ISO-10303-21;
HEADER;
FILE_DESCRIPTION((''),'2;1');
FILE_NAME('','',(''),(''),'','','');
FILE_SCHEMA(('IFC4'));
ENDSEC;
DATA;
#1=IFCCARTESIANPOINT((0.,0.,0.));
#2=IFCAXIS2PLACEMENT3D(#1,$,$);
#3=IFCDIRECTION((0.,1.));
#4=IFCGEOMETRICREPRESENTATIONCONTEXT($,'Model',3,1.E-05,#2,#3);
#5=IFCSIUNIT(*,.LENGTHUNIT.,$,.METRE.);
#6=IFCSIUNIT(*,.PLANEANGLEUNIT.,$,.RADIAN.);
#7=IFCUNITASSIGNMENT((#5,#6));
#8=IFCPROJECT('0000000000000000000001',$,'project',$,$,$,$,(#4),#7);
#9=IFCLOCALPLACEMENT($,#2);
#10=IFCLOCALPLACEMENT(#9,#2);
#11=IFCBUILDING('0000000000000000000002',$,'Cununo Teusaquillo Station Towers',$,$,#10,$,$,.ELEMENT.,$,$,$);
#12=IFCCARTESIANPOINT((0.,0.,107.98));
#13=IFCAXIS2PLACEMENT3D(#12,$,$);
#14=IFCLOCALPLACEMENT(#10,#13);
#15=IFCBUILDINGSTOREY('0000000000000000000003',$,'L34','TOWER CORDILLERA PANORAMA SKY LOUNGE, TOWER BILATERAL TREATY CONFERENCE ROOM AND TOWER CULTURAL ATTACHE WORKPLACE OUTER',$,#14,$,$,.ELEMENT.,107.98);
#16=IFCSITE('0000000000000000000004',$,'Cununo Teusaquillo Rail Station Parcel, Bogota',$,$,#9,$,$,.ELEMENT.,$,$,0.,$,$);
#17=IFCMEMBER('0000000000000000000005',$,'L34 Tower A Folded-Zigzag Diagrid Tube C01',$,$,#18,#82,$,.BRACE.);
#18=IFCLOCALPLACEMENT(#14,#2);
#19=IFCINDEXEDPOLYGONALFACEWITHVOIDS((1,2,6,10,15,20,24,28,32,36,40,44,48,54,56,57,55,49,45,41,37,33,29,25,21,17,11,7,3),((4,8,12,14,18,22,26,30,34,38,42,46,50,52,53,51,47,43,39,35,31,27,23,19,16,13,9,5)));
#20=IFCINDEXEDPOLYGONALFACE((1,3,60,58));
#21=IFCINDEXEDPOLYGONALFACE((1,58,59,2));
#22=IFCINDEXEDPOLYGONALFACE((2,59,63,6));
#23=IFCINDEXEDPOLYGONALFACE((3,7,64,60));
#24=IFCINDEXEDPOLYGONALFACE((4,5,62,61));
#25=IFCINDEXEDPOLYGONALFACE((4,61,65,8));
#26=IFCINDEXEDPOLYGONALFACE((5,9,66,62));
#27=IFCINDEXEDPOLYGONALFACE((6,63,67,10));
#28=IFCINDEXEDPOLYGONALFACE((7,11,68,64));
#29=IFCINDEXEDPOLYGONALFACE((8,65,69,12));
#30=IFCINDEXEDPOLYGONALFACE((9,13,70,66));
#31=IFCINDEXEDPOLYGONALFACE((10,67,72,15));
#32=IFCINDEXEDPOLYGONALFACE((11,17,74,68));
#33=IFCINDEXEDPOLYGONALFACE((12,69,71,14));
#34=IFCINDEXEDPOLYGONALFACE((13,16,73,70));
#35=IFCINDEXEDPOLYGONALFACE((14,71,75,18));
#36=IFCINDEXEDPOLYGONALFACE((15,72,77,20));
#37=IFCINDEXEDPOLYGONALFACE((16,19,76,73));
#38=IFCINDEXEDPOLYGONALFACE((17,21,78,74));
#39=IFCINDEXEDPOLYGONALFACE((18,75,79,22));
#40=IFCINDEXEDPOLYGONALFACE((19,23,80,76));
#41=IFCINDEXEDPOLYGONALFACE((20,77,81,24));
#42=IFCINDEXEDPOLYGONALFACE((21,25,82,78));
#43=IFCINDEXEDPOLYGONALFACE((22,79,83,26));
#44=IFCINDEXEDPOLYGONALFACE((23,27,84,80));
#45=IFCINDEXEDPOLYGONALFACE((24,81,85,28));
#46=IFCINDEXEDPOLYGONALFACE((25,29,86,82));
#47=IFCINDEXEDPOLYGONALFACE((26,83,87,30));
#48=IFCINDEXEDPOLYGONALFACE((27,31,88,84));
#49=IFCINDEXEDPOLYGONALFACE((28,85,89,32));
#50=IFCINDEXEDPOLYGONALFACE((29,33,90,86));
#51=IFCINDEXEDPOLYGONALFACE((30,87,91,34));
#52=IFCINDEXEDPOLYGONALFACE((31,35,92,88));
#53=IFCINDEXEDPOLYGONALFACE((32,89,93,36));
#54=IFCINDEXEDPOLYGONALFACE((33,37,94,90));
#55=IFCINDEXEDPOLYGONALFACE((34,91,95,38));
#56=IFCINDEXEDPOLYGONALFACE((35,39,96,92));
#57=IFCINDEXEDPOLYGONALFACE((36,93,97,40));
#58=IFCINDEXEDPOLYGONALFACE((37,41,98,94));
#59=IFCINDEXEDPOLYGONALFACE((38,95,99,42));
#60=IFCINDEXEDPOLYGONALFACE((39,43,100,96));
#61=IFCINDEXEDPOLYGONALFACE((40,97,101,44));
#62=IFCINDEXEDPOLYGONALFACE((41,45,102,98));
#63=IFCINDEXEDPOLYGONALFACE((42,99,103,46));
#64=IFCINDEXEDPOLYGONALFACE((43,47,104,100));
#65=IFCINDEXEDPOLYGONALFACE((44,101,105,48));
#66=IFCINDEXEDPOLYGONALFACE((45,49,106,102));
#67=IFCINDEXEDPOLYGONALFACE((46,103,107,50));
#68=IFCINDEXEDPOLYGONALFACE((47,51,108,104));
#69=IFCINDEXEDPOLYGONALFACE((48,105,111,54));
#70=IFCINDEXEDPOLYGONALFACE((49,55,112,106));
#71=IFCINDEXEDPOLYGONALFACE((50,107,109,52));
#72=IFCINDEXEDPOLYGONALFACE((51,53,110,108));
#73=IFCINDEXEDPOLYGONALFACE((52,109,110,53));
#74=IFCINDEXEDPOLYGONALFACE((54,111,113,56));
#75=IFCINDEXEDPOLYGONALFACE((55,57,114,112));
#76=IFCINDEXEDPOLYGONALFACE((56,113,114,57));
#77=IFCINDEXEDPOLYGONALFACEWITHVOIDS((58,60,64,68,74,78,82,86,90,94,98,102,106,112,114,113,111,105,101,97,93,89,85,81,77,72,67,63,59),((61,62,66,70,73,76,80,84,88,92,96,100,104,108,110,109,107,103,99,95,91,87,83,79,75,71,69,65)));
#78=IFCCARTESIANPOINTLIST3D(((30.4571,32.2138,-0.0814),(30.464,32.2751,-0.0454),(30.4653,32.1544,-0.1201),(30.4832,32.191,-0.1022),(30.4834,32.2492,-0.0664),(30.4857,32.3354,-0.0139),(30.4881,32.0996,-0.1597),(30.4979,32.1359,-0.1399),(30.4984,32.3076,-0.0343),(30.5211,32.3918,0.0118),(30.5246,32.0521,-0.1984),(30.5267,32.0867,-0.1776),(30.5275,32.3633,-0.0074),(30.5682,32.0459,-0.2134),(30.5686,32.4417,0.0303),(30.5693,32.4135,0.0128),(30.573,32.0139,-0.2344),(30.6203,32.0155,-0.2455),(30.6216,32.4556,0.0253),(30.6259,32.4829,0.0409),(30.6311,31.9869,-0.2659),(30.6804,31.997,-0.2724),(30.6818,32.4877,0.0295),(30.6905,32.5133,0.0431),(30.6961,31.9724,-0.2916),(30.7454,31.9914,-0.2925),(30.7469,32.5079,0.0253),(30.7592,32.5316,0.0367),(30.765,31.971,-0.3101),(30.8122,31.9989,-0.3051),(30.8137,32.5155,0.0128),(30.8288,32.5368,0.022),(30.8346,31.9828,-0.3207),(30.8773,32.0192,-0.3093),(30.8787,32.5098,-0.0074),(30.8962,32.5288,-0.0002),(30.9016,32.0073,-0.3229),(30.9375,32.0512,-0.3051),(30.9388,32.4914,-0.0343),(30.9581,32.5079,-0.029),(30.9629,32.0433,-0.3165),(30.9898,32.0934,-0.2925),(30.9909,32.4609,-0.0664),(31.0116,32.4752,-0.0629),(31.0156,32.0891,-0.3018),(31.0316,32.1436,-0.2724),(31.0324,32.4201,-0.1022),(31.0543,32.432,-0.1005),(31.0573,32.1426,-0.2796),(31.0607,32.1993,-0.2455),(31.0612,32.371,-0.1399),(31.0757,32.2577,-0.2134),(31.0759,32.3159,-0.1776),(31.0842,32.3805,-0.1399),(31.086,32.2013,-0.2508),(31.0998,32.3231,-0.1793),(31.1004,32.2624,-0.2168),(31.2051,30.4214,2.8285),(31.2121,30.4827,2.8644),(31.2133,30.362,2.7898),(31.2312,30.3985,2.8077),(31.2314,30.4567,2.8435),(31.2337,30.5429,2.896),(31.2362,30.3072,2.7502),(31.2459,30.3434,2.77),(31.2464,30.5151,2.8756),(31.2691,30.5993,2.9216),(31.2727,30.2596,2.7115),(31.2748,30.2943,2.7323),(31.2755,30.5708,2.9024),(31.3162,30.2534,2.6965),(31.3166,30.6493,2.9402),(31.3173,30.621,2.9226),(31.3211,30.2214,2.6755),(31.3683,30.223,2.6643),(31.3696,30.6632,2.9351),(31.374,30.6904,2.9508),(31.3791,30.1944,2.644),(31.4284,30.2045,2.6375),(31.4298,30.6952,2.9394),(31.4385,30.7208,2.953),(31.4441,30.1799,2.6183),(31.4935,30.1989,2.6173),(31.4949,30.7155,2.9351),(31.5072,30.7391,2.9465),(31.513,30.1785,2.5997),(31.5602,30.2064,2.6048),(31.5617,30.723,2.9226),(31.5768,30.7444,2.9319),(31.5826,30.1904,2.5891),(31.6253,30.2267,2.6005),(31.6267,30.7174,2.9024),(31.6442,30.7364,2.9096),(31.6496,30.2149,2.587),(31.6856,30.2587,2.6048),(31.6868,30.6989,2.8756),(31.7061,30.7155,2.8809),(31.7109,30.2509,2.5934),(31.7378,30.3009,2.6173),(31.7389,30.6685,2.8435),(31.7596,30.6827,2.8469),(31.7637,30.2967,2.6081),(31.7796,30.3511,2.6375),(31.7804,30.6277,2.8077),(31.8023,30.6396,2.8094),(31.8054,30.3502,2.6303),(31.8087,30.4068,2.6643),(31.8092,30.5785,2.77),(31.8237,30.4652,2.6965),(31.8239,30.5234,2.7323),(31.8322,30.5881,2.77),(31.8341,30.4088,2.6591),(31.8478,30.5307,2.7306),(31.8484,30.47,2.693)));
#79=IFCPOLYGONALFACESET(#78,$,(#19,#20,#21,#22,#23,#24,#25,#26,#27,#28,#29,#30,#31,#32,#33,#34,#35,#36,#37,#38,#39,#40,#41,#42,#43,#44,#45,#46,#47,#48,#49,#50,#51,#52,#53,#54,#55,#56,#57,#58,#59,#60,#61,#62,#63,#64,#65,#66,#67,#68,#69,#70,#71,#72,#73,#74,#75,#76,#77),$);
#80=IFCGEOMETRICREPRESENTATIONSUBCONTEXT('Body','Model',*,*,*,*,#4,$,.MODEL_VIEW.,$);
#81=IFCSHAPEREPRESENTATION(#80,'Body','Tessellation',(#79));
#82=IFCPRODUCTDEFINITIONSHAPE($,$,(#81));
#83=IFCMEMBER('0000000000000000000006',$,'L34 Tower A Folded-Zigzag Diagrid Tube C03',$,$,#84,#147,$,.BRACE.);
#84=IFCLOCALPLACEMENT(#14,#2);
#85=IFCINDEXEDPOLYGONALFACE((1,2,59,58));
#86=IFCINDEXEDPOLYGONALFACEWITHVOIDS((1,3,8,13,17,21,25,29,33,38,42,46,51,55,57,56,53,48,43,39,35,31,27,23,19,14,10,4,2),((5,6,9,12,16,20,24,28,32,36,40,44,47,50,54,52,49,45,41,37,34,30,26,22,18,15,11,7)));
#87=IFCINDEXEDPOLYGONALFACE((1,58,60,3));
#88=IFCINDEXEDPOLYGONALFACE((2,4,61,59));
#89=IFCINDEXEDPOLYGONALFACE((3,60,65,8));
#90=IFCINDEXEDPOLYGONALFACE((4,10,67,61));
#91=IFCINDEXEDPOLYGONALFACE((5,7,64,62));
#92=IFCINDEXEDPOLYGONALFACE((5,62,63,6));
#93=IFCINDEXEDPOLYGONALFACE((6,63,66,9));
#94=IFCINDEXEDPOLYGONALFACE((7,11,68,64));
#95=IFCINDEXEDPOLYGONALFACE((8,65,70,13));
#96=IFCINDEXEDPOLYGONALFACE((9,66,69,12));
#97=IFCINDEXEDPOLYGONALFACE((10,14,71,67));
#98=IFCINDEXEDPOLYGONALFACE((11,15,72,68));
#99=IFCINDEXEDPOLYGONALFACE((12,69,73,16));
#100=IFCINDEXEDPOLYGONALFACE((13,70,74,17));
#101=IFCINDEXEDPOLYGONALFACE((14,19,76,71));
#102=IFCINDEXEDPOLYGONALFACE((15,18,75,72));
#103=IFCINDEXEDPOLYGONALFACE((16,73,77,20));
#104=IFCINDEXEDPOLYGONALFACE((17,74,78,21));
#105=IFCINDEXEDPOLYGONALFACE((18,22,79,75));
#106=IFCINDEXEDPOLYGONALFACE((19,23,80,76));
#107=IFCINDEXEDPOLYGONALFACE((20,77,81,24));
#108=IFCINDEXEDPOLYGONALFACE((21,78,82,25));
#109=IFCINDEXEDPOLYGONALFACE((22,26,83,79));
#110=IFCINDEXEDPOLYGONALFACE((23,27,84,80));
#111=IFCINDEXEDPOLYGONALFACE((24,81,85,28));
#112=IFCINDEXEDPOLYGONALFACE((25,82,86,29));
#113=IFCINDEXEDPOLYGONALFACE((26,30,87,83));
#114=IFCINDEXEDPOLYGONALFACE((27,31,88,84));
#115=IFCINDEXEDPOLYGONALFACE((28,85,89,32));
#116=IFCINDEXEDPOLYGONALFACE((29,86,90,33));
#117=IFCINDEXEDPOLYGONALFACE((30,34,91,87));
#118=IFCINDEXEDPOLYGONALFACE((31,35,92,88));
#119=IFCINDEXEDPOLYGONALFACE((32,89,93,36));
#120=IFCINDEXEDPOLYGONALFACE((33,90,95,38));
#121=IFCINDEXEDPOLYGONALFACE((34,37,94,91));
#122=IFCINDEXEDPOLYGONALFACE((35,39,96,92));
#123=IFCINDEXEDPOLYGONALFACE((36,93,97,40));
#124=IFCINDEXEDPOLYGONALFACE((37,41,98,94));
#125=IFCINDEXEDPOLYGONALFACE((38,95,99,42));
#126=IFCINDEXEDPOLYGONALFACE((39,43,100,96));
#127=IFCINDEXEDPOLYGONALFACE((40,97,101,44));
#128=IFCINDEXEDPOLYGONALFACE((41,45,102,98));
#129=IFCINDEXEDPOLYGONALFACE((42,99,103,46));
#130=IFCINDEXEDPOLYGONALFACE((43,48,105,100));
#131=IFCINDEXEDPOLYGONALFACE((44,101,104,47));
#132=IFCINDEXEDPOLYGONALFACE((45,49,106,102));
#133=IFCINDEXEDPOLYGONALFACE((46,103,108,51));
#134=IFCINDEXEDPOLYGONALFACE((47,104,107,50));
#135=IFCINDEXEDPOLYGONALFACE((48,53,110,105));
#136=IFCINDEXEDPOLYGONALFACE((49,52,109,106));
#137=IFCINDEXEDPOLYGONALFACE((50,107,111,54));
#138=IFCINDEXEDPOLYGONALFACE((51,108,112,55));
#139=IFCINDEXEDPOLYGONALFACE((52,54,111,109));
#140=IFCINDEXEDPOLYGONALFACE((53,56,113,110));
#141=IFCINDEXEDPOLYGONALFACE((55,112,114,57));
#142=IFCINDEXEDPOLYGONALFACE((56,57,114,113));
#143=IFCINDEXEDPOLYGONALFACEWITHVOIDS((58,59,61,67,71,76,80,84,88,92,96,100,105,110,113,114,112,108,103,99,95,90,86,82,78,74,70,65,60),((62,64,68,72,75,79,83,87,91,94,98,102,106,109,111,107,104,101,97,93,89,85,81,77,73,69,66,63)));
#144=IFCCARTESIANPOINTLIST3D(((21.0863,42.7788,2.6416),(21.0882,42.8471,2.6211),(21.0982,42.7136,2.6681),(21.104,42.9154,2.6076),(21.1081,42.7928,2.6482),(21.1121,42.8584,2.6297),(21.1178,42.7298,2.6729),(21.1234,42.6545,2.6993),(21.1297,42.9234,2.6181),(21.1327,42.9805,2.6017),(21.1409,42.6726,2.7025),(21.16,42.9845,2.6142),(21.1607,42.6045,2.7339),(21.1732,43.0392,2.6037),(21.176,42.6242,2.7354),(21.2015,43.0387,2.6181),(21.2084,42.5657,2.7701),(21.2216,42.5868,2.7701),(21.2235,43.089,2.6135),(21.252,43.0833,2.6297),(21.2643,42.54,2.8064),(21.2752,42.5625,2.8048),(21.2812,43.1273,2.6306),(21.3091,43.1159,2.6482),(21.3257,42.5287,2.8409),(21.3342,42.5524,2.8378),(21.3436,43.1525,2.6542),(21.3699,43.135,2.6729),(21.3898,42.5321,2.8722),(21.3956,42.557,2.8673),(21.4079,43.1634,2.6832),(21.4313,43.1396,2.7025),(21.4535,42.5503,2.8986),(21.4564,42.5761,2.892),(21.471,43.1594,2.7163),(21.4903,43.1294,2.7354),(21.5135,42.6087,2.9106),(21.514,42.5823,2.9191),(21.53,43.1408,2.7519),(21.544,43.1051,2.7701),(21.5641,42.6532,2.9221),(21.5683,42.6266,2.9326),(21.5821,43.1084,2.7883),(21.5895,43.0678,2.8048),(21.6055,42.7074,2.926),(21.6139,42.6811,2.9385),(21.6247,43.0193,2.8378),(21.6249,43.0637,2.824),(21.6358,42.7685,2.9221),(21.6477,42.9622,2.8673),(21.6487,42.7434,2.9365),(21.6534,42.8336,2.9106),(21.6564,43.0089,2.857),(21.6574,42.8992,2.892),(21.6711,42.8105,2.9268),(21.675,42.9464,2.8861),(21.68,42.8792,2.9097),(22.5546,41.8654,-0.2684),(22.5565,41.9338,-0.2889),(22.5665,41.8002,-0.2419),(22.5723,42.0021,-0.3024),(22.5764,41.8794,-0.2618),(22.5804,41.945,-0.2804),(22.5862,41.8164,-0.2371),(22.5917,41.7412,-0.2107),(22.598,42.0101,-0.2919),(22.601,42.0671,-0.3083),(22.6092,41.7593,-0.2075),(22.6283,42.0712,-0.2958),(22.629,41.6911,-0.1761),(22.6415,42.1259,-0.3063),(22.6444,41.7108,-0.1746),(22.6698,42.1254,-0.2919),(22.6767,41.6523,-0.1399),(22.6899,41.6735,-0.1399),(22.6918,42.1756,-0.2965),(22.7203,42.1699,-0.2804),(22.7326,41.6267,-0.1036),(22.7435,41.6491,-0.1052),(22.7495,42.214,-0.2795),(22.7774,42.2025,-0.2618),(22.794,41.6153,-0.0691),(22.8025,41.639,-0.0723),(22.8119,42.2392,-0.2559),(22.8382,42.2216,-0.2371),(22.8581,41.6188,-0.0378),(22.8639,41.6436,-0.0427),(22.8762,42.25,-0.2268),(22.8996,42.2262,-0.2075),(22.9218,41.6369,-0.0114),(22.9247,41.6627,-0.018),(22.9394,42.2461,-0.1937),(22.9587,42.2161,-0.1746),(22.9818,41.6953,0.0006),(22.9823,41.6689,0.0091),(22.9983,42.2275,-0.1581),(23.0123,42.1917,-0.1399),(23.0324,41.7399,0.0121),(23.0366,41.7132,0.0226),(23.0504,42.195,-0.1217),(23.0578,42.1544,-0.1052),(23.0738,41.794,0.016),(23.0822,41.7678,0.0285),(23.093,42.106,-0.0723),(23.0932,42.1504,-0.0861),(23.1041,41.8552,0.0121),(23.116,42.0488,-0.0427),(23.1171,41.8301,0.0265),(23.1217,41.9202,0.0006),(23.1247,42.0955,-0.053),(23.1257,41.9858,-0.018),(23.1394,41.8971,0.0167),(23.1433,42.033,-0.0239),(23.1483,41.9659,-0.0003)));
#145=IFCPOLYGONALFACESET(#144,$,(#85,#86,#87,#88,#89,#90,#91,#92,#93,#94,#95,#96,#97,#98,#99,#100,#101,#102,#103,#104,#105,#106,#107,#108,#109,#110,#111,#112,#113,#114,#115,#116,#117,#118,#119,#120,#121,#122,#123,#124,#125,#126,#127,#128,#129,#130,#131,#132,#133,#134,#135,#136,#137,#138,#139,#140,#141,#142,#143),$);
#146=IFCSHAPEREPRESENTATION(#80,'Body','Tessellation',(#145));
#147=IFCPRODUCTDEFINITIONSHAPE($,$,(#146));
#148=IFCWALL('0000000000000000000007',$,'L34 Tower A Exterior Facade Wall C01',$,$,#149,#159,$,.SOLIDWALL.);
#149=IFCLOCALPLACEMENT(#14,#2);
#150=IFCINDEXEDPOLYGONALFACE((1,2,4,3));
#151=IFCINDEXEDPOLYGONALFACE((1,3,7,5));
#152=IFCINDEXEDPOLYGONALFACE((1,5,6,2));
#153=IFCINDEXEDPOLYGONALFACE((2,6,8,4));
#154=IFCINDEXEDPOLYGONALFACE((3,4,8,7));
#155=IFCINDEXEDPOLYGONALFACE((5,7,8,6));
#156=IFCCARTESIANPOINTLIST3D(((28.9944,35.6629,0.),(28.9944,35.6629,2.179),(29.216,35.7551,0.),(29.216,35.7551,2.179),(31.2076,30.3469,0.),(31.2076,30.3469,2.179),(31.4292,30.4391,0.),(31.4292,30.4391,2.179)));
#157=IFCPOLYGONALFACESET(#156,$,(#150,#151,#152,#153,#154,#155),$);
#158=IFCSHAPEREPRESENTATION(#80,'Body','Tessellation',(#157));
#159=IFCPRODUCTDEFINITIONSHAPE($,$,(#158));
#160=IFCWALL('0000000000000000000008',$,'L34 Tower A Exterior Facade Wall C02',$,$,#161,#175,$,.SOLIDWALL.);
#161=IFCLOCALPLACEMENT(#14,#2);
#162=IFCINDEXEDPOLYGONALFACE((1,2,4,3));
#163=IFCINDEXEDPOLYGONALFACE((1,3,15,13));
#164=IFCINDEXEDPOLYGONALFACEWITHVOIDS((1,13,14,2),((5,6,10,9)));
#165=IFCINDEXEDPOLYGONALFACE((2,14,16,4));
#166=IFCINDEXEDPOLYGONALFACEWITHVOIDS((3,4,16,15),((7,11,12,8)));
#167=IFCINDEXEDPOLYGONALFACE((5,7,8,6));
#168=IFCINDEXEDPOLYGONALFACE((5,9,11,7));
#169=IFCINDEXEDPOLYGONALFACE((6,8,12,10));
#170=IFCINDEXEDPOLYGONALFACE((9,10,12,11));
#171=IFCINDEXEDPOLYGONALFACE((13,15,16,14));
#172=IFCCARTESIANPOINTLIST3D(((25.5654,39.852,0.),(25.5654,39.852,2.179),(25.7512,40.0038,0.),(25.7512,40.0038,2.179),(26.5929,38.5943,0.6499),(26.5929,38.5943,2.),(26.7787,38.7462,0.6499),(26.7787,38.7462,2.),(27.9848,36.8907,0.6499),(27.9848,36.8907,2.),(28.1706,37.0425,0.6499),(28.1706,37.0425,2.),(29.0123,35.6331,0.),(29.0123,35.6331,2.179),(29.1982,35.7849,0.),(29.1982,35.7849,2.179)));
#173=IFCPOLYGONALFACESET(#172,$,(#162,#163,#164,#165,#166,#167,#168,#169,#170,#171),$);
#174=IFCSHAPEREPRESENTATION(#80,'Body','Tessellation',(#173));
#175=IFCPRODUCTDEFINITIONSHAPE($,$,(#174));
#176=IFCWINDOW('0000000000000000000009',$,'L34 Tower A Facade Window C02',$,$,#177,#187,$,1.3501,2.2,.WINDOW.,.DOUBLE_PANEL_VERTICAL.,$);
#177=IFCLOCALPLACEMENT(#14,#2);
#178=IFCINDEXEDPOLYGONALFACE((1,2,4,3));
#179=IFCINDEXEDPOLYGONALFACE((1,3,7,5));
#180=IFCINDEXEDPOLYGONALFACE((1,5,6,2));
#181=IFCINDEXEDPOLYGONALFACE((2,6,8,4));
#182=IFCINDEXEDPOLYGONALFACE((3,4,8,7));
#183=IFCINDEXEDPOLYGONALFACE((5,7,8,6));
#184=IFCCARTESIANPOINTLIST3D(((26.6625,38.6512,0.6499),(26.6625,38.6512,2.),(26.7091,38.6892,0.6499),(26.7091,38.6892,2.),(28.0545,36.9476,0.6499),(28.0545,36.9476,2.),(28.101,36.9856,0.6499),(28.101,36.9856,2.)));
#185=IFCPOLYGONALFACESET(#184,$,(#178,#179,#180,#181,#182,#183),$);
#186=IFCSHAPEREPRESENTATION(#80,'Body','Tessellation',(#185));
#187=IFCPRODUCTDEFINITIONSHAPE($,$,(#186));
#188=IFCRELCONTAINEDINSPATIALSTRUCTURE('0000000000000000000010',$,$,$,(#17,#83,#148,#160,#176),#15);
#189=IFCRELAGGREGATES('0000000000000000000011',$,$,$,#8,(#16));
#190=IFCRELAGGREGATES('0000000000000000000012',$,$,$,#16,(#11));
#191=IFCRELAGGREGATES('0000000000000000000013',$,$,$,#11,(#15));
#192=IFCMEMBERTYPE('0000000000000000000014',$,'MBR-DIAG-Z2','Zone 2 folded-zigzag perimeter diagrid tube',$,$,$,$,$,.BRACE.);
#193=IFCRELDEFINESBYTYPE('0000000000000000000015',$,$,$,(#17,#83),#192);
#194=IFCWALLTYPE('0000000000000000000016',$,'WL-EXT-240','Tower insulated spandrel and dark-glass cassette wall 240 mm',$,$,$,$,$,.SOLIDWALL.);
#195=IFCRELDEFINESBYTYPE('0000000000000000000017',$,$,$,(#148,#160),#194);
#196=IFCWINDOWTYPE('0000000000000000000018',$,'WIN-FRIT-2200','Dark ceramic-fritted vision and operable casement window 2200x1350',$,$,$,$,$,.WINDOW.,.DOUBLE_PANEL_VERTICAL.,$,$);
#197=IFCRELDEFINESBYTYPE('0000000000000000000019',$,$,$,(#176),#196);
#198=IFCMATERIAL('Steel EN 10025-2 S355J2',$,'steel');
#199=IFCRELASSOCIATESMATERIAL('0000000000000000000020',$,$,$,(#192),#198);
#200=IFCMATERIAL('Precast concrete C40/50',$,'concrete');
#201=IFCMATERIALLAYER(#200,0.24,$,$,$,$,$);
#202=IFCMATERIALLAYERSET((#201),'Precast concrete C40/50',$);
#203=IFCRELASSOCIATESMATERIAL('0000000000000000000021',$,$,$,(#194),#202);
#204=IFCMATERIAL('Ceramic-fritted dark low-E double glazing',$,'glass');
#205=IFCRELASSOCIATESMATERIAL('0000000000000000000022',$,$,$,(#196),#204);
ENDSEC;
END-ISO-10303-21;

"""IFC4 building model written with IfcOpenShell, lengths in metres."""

from ifc_helpers import new_model, si_unit, direction, frame, frame_2d, origin, origin_2d, place, context, subcontext, project, spatial, rectangle, hollow_circle, extrude, source, transform, mapped, material, layer, layer_set, material_profile, profile_set, type_object, element, fill, save


model = new_model("IFC4")

# Units and contexts
model_context = context("Model", 3, precision=1e-05, world=origin(), true_north=direction((0.0, 1.0)))
body_context = subcontext(model_context, "Body", "Model", "MODEL_VIEW")
ifc_project = project(units=[si_unit("LENGTHUNIT", "METRE"), si_unit("PLANEANGLEUNIT", "RADIAN")], contexts=[model_context])

# Site, building, storey
site_placement = place(None, origin())
site = spatial("IfcSite", under=ifc_project, at=site_placement, Name="Cununo Teusaquillo Rail Station Parcel, Bogota", CompositionType="ELEMENT", RefElevation=0.0)
building_placement = place(site_placement, origin())
building = spatial("IfcBuilding", under=site, at=building_placement, Name="Cununo Teusaquillo Station Towers", CompositionType="ELEMENT")
storey_placement = place(building_placement, frame((0.0, 0.0, 107.98)))
storey = spatial("IfcBuildingStorey", under=building, at=storey_placement, Name="L34", Description="TOWER CORDILLERA PANORAMA SKY LOUNGE, TOWER BILATERAL TREATY CONFERENCE ROOM AND TOWER CULTURAL ATTACHE WORKPLACE OUTER", CompositionType="ELEMENT", Elevation=107.98)

# Members
ifc_material_1 = material(Name="Steel EN 10025-2 S355J2", Category="steel")
ifc_material_profile_1 = material_profile(ifc_material_1, hollow_circle(Radius=0.3301, WallThickness=0.0249, at=origin_2d()), Name="CHS 660x25")
ifc_profile_set_1 = profile_set([ifc_material_profile_1], Name="Steel EN 10025-2 S355J2")
member_type = type_object("IfcMemberType", Name="MBR-DIAG-Z2", Description="Zone 2 folded-zigzag perimeter diagrid tube", PredefinedType="BRACE", material=ifc_profile_set_1)
member_1_placement = place(storey_placement, frame((30.7795, 32.2534, -0.1399), z_axis=(0.213814, -0.512343, 0.831738), x_axis=(0.922861, 0.385133, 0.0)))
element("IfcMember", 1, at=member_1_placement, inside=storey, type_object=member_type, Name="L34 Tower A Folded-Zigzag Diagrid Tube C01", PredefinedType="BRACE", context=body_context, shape_type="SweptSolid", body=[
    extrude(hollow_circle(Radius=0.3301, WallThickness=0.0249, at=origin_2d()), origin(), (0.0, 0.0, 1.0), 3.4985),
])
member_2_placement = place(storey_placement, frame((22.8511, 41.9326, -0.1399), z_axis=(-0.433768, 0.269825, 0.859674), x_axis=(-0.528196, -0.849123, 0.0)))
element("IfcMember", 2, at=member_2_placement, inside=storey, type_object=member_type, Name="L34 Tower A Folded-Zigzag Diagrid Tube C03", PredefinedType="BRACE", context=body_context, shape_type="SweptSolid", body=[
    extrude(hollow_circle(Radius=0.3301, WallThickness=0.0249, at=origin_2d()), origin(), (0.0, 0.0, 1.0), 3.385),
])

# Wall
ifc_material_2 = material(Name="Precast concrete C40/50", Category="concrete")
ifc_layer_1 = layer(ifc_material_2, 0.24)
ifc_layer_set_1 = layer_set([ifc_layer_1], Name="Precast concrete C40/50")
wall_type_1 = type_object("IfcWallType", Name="WL-EXT-240", Description="Tower insulated spandrel and dark-glass cassette wall 240 mm", PredefinedType="SOLIDWALL", material=ifc_layer_set_1)
wall_1_placement = place(storey_placement, frame((29.1052, 35.709, 0.0), z_axis=(0.0, 0.0, 1.0), x_axis=(0.384344, -0.92319, 0.0)))
element("IfcWall", 3, at=wall_1_placement, inside=storey, type_object=wall_type_1, Name="L34 Tower A Exterior Facade Wall C01", PredefinedType="SOLIDWALL", context=body_context, shape_type="SweptSolid", body=[
    extrude(rectangle(XDim=5.7583, YDim=0.24, at=frame_2d((2.8792, 0.0))), origin(), (0.0, 0.0, 1.0), 2.179),
])

# Wall, opening, window
wall_2_placement = place(storey_placement, frame((25.6582, 39.928, 0.0), z_axis=(0.0, 0.0, 1.0), x_axis=(0.632701, -0.774396, 0.0)))
wall_2 = element("IfcWall", 4, at=wall_2_placement, inside=storey, type_object=wall_type_1, Name="L34 Tower A Exterior Facade Wall C02", PredefinedType="SOLIDWALL", context=body_context, shape_type="SweptSolid", body=[
    extrude(rectangle(XDim=5.448, YDim=0.24, at=frame_2d((2.7241, 0.0))), origin(), (0.0, 0.0, 1.0), 2.179),
])
shared_shape_1 = source(origin(), body_context, "Body", "SweptSolid", [
    extrude(rectangle(XDim=2.2, YDim=1.3501, at=frame_2d((1.1001, 0.675))), frame((0.0, 0.1299, 0.0), z_axis=(0.0, -1.0, 0.0), x_axis=(1.0, 0.0, 0.0)), (0.0, 0.0, 1.0), 0.26),
])
opening_1_placement = place(wall_2_placement, frame((1.624, 0.0, 0.6499)))
opening_1 = element("IfcOpeningElement", 5, at=opening_1_placement, cuts=wall_2, PredefinedType="OPENING", context=body_context, shape_type="MappedRepresentation", body=[
    mapped(shared_shape_1, transform((0.0, 0.0, 0.0), x_axis=(1.0, 0.0, 0.0), y_axis=(0.0, 1.0, 0.0), z_axis=(0.0, 0.0, 1.0), scale=1.0)),
])
ifc_material_3 = material(Name="Ceramic-fritted dark low-E double glazing", Category="glass")
window_type = type_object("IfcWindowType", Name="WIN-FRIT-2200", Description="Dark ceramic-fritted vision and operable casement window 2200x1350", PartitioningType="DOUBLE_PANEL_VERTICAL", PredefinedType="WINDOW", material=ifc_material_3)
shared_shape_2 = source(origin(), body_context, "Body", "SweptSolid", [
    extrude(rectangle(XDim=2.2, YDim=1.3501, at=frame_2d((1.1001, 0.675))), frame((0.0, 0.03, 0.0), z_axis=(0.0, -1.0, 0.0), x_axis=(1.0, 0.0, 0.0)), (0.0, 0.0, 1.0), 0.0601),
])
window_placement = place(opening_1_placement, origin())
window = element("IfcWindow", 6, at=window_placement, inside=storey, type_object=window_type, Name="L34 Tower A Facade Window C02", OverallHeight=1.3501, OverallWidth=2.2, PartitioningType="DOUBLE_PANEL_VERTICAL", PredefinedType="WINDOW", context=body_context, shape_type="MappedRepresentation", body=[
    mapped(shared_shape_2, transform((0.0, 0.0, 0.0), x_axis=(1.0, 0.0, 0.0), y_axis=(0.0, 1.0, 0.0), z_axis=(0.0, 0.0, 1.0), scale=1.0)),
])
fill(opening_1, window)

save(model, "model.ifc")
